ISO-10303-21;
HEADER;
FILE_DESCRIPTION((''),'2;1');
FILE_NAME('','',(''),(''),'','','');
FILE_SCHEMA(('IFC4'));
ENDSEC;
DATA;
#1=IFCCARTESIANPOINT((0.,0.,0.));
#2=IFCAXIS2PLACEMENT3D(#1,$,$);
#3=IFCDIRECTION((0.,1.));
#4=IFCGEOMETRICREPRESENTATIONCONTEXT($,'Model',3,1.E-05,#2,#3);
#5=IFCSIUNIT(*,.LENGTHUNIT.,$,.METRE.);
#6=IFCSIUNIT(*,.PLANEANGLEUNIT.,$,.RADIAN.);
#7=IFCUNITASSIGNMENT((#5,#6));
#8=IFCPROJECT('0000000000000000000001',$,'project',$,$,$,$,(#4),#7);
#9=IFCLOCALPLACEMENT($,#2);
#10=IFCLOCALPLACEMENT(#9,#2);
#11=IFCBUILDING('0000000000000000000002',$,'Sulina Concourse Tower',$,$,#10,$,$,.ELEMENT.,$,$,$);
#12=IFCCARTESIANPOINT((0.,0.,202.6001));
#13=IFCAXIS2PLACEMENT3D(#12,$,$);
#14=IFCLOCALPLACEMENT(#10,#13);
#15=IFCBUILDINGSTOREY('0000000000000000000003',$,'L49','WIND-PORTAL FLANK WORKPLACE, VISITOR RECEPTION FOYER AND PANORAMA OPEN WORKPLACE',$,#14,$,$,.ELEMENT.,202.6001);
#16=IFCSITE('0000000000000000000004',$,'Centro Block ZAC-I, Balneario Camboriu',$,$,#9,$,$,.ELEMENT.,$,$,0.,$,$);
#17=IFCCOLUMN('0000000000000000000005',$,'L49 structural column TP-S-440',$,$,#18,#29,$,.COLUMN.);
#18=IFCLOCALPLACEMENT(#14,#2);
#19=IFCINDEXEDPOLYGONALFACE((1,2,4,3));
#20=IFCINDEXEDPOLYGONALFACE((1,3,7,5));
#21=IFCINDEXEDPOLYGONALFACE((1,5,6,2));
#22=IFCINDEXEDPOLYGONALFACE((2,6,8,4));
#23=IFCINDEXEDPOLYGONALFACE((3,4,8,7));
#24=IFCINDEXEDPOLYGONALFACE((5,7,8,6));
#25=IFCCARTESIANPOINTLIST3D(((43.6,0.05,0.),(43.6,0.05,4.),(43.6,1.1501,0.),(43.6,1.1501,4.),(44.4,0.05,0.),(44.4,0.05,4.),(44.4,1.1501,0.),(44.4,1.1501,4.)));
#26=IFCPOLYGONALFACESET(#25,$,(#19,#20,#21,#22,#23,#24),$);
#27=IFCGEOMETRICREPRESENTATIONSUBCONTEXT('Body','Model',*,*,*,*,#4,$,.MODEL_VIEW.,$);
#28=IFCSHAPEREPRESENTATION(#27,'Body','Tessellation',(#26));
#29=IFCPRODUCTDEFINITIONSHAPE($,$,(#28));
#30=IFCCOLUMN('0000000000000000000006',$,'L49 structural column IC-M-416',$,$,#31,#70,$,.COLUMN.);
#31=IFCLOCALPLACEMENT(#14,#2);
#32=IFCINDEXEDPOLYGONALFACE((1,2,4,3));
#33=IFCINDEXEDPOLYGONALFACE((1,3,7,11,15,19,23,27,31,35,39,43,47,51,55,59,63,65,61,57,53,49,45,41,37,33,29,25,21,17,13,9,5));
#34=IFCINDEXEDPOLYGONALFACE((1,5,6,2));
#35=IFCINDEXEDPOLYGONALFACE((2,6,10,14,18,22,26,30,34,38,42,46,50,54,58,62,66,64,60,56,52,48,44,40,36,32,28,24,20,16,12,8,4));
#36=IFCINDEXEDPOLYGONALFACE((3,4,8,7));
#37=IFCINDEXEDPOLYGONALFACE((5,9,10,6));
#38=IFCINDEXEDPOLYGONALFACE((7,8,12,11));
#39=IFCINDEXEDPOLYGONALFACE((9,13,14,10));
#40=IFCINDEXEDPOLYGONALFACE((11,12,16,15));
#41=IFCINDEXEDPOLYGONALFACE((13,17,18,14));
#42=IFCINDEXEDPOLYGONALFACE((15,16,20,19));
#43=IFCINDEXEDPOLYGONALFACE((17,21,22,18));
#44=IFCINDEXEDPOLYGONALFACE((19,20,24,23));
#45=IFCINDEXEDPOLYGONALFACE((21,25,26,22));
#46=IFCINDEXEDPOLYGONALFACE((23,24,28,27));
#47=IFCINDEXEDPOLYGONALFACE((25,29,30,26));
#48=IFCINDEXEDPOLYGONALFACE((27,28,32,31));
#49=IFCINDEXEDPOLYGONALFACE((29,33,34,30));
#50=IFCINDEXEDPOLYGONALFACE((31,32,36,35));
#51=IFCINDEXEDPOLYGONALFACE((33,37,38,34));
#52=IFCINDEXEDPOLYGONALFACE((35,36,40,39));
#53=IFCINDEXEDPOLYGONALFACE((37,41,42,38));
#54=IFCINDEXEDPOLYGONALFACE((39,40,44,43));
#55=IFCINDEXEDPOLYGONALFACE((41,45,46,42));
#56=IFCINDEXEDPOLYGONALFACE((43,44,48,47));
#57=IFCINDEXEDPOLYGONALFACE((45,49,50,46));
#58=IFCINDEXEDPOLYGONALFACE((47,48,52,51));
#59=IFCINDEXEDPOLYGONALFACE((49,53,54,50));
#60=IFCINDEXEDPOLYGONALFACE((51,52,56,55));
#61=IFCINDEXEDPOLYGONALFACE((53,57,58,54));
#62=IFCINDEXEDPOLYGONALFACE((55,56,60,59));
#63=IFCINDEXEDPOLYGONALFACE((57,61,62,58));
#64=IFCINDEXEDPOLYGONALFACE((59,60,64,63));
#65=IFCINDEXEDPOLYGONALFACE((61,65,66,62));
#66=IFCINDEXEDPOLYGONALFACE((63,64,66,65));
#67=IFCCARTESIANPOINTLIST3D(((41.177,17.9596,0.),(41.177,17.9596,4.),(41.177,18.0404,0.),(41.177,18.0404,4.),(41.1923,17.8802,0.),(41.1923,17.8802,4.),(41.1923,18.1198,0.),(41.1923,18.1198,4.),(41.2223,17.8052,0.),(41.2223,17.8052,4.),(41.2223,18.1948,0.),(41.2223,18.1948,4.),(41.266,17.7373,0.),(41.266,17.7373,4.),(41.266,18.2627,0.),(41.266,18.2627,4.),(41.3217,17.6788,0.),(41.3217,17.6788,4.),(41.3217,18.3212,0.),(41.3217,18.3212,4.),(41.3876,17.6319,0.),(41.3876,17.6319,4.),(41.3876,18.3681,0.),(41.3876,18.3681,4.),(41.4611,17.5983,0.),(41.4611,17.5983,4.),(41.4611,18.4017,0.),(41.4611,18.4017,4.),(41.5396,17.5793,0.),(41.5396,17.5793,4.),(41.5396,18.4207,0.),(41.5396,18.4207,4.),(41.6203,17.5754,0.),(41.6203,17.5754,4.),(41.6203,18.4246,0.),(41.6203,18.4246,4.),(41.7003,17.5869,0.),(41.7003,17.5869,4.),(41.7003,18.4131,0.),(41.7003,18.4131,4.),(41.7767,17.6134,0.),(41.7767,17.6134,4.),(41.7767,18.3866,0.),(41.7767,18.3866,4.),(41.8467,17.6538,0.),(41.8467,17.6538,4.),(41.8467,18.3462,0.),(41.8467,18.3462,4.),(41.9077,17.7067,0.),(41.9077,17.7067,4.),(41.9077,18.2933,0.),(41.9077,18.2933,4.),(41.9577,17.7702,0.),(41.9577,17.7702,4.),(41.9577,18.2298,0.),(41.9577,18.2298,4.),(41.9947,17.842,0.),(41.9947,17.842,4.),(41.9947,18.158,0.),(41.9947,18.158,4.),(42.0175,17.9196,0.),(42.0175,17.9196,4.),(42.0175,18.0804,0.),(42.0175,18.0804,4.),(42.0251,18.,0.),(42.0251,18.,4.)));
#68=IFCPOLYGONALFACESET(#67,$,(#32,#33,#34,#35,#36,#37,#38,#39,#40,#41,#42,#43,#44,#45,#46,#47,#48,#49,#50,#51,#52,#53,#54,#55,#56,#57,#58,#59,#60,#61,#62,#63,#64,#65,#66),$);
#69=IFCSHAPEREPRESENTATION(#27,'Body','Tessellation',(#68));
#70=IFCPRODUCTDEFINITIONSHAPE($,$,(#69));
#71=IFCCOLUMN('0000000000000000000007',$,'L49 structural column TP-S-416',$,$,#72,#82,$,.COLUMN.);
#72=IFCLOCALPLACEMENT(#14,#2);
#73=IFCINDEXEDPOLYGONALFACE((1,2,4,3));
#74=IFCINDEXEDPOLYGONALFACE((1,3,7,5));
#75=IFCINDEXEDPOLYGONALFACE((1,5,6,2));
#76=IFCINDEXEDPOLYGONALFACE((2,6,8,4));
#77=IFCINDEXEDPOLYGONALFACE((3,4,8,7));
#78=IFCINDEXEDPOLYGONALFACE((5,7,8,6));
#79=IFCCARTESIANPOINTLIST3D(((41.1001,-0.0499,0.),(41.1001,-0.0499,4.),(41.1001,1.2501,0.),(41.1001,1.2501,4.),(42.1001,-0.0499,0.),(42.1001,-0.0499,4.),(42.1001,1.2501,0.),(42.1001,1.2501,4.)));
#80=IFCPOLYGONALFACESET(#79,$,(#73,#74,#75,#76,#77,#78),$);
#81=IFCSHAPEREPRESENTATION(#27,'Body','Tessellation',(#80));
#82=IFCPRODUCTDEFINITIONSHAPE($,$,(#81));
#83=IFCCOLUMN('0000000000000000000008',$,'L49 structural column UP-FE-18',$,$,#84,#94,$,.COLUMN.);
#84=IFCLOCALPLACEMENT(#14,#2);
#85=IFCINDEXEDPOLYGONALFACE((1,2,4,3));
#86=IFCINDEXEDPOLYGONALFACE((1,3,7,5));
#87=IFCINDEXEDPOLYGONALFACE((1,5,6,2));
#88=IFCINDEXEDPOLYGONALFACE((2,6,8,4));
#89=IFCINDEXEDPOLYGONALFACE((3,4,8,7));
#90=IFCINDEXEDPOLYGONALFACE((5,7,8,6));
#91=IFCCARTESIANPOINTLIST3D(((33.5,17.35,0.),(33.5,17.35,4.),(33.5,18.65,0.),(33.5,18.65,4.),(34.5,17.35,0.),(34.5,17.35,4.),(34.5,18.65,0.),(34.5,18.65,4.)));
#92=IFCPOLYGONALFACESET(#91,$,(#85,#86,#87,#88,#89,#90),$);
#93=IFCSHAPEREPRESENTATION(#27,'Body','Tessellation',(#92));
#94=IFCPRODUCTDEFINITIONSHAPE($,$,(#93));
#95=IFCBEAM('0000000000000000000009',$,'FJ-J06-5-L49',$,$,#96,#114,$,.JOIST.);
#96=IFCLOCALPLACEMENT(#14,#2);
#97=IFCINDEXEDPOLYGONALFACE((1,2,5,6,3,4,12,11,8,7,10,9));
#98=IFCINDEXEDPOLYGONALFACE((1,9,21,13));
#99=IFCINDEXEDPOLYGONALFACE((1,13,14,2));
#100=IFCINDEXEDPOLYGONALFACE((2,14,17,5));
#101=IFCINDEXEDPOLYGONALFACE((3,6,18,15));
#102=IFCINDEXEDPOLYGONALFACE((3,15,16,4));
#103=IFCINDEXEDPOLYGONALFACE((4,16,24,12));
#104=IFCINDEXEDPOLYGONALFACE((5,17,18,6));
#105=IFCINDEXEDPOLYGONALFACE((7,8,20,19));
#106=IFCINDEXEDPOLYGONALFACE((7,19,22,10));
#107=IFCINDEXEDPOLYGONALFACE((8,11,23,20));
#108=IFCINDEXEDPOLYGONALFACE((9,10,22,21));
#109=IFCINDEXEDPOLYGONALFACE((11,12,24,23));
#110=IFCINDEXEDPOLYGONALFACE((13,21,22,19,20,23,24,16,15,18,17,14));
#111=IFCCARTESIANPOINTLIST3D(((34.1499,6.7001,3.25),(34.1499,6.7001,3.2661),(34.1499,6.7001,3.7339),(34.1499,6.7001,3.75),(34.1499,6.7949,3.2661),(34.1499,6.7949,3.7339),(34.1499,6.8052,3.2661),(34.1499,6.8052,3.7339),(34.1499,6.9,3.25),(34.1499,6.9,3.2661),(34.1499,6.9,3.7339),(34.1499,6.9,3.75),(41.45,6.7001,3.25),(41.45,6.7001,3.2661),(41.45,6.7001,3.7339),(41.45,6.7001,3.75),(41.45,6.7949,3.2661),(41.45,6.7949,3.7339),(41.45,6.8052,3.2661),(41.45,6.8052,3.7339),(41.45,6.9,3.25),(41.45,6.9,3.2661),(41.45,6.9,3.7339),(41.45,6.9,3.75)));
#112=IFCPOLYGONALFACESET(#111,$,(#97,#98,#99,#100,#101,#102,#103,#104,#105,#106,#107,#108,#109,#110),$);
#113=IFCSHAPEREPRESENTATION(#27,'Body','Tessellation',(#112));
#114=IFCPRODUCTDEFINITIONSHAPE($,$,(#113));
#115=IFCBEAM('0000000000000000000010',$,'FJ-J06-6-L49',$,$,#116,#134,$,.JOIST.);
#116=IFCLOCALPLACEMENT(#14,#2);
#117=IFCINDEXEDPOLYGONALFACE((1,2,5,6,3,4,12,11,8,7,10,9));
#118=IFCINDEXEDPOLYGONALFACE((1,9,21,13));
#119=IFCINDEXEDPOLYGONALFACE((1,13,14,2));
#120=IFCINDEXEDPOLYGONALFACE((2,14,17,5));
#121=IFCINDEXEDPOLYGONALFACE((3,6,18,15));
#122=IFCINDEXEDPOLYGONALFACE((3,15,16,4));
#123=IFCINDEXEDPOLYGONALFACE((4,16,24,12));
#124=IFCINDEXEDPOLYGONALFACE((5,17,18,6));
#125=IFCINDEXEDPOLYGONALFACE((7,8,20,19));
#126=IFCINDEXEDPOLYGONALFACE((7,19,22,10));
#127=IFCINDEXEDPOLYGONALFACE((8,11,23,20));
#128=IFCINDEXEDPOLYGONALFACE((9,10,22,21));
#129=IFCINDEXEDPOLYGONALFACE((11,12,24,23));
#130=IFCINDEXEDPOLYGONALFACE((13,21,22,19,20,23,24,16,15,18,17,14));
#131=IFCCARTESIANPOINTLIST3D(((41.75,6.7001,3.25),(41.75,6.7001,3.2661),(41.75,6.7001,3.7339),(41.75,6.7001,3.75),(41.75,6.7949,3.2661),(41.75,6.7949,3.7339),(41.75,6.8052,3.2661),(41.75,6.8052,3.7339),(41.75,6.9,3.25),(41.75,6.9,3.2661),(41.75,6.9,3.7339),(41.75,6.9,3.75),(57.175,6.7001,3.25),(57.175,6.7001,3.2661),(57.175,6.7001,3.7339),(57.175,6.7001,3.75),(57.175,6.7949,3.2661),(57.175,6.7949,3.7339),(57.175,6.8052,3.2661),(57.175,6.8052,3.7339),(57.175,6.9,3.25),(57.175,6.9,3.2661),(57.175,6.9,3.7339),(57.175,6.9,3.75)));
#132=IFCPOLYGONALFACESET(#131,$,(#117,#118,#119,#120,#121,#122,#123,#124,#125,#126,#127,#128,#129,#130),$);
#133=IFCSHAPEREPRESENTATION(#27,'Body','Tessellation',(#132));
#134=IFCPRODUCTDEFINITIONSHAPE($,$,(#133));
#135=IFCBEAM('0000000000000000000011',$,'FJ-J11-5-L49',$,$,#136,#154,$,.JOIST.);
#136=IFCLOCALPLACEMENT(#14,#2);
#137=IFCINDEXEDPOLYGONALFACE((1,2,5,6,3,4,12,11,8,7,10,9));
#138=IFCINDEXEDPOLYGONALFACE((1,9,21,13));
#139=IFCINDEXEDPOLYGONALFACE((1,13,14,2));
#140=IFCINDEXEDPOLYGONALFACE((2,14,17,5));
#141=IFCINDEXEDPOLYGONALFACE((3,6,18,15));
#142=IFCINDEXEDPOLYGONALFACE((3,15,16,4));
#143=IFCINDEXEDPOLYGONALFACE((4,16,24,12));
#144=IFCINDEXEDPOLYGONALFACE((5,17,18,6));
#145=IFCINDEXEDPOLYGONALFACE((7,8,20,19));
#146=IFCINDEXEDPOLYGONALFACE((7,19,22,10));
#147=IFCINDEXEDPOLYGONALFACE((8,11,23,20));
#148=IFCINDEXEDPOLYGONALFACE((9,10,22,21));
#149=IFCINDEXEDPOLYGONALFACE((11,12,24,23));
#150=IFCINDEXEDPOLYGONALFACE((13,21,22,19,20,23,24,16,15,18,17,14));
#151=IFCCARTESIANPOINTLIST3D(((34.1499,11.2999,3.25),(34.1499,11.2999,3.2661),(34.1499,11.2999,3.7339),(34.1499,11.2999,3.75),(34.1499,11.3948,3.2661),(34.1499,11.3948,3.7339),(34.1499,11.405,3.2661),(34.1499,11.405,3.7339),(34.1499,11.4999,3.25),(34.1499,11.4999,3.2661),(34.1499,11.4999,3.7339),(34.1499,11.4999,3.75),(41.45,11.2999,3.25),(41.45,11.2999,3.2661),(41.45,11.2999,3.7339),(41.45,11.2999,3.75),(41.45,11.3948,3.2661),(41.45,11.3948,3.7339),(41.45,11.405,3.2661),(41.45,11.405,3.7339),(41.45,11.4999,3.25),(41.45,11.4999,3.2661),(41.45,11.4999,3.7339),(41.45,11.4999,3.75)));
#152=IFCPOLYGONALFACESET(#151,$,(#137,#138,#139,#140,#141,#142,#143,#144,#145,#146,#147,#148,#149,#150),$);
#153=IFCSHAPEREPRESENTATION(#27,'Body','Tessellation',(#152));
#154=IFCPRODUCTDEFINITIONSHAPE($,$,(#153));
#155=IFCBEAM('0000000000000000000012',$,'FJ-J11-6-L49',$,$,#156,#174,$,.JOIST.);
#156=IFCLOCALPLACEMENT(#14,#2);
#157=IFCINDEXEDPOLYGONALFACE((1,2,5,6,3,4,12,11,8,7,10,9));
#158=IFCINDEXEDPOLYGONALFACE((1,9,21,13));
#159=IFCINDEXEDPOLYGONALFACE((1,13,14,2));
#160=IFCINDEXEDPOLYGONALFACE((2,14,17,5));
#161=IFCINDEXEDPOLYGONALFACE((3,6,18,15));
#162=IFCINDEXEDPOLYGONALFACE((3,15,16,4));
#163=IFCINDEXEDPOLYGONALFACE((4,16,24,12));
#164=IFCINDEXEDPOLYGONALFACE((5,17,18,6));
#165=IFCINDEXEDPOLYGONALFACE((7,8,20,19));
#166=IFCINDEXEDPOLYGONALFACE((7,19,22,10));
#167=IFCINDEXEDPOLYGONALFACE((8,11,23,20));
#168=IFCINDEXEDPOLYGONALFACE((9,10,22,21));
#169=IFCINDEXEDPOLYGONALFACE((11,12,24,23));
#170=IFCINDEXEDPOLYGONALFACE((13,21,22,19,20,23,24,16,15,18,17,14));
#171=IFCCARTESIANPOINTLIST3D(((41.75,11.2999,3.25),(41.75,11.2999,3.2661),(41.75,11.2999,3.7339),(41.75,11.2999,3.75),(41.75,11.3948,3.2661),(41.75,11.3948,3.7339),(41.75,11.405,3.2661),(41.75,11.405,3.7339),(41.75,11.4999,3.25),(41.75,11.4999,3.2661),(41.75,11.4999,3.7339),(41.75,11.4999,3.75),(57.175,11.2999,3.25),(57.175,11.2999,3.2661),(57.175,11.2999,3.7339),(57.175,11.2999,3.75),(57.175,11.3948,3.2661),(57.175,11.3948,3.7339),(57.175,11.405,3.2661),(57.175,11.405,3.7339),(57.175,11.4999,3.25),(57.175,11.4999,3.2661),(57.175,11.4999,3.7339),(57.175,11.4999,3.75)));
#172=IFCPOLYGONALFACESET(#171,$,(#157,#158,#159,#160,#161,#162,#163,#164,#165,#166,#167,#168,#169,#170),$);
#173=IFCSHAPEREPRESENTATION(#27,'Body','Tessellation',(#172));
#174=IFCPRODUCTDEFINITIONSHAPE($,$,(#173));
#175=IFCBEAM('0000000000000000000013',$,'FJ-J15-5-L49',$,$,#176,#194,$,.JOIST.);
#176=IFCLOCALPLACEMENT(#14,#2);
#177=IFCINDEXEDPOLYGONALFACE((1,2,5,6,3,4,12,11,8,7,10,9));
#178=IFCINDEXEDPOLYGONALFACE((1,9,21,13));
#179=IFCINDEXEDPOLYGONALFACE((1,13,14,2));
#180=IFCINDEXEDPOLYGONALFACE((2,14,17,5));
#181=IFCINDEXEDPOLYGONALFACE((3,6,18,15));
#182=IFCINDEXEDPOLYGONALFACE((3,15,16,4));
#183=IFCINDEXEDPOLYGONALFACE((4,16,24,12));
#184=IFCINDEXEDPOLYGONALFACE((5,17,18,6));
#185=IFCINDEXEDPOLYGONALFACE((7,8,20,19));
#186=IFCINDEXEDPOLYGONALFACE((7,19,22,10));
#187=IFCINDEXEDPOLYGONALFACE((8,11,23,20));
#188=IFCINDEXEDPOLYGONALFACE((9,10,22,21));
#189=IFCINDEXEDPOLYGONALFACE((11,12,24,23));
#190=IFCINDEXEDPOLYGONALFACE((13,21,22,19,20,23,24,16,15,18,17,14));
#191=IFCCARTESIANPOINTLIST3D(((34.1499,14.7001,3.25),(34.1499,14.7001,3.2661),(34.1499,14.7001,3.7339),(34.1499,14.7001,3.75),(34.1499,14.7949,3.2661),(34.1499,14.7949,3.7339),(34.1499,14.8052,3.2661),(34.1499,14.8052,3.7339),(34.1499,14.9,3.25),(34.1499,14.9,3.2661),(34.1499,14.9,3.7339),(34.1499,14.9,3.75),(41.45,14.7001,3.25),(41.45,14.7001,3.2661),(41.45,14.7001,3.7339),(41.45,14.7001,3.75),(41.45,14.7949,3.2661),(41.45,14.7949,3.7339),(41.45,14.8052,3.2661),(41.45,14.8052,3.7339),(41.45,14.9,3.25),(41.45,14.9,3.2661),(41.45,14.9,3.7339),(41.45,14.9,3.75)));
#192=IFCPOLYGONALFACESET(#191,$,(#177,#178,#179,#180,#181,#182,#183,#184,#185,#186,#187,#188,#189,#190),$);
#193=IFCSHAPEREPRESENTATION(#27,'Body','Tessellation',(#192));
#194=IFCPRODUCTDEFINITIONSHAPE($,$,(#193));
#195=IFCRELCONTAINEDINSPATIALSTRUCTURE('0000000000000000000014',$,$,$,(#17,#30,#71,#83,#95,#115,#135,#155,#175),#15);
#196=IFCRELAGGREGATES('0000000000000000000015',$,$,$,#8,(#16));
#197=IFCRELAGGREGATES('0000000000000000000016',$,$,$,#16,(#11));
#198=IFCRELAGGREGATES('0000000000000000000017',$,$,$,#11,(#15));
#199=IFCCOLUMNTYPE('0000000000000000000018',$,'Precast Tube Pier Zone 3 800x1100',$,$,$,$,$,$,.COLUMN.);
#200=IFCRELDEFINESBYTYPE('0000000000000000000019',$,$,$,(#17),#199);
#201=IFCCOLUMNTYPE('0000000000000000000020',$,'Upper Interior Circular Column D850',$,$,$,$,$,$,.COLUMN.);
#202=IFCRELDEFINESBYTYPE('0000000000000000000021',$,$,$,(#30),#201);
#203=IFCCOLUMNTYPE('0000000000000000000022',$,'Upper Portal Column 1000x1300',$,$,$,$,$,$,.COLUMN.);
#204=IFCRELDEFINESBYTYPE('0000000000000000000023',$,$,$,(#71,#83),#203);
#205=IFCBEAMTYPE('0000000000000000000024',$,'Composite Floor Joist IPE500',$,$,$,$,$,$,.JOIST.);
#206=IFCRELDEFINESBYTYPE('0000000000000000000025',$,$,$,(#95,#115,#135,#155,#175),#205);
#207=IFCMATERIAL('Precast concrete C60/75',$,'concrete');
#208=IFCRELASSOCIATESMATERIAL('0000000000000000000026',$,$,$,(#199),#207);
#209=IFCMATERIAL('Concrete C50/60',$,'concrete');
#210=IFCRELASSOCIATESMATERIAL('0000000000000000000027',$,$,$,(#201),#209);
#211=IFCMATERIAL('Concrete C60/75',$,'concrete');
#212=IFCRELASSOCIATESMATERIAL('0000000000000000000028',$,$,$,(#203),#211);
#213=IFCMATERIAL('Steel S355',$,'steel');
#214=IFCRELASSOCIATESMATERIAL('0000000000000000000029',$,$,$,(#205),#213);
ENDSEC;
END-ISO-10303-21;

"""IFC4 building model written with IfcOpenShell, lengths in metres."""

from ifc_helpers import new_model, si_unit, direction, frame, origin, origin_2d, place, context, subcontext, project, spatial, rectangle, circle, i_section, extrude, material, material_profile, profile_set, type_object, element, save


model = new_model("IFC4")

# Units and contexts
model_context = context("Model", 3, precision=1e-05, world=origin(), true_north=direction((0.0, 1.0)))
body_context = subcontext(model_context, "Body", "Model", "MODEL_VIEW")
ifc_project = project(units=[si_unit("LENGTHUNIT", "METRE"), si_unit("PLANEANGLEUNIT", "RADIAN")], contexts=[model_context])

# Site, building, storey
site_placement = place(None, origin())
site = spatial("IfcSite", under=ifc_project, at=site_placement, Name="Centro Block ZAC-I, Balneario Camboriu", CompositionType="ELEMENT", RefElevation=0.0)
building_placement = place(site_placement, origin())
building = spatial("IfcBuilding", under=site, at=building_placement, Name="Sulina Concourse Tower", CompositionType="ELEMENT")
storey_placement = place(building_placement, frame((0.0, 0.0, 202.6001)))
storey = spatial("IfcBuildingStorey", under=building, at=storey_placement, Name="L49", Description="WIND-PORTAL FLANK WORKPLACE, VISITOR RECEPTION FOYER AND PANORAMA OPEN WORKPLACE", CompositionType="ELEMENT", Elevation=202.6001)

# Columns
ifc_material_1 = material(Name="Precast concrete C60/75", Category="concrete")
ifc_material_profile_1 = material_profile(ifc_material_1, rectangle(XDim=0.8, YDim=1.1001, at=origin_2d()), Name="PC 800x1100")
ifc_profile_set_1 = profile_set([ifc_material_profile_1], Name="Precast concrete C60/75")
column_type_1 = type_object("IfcColumnType", Name="Precast Tube Pier Zone 3 800x1100", PredefinedType="COLUMN", material=ifc_profile_set_1)
column_1_placement = place(storey_placement, frame((44.0, 0.6001, 0.0), z_axis=(0.0, 0.0, 1.0), x_axis=(1.0, 0.0, 0.0)))
element("IfcColumn", 1, at=column_1_placement, inside=storey, type_object=column_type_1, Name="L49 structural column TP-S-440", PredefinedType="COLUMN", context=body_context, shape_type="SweptSolid", body=[
    extrude(rectangle(XDim=0.8, YDim=1.1001, at=origin_2d()), origin(), (0.0, 0.0, 1.0), 4.0),
])
ifc_material_2 = material(Name="Concrete C50/60", Category="concrete")
ifc_material_profile_2 = material_profile(ifc_material_2, circle(Radius=0.425, at=origin_2d()), Name="RC D850")
ifc_profile_set_2 = profile_set([ifc_material_profile_2], Name="Concrete C50/60")
column_type_2 = type_object("IfcColumnType", Name="Upper Interior Circular Column D850", PredefinedType="COLUMN", material=ifc_profile_set_2)
column_2_placement = place(storey_placement, frame((41.6001, 18.0, 0.0), z_axis=(0.0, 0.0, 1.0), x_axis=(1.0, 0.0, 0.0)))
element("IfcColumn", 2, at=column_2_placement, inside=storey, type_object=column_type_2, Name="L49 structural column IC-M-416", PredefinedType="COLUMN", context=body_context, shape_type="SweptSolid", body=[
    extrude(circle(Radius=0.425, at=origin_2d()), origin(), (0.0, 0.0, 1.0), 4.0),
])
ifc_material_3 = material(Name="Concrete C60/75", Category="concrete")
ifc_material_profile_3 = material_profile(ifc_material_3, rectangle(XDim=1.0, YDim=1.3, at=origin_2d()), Name="RC 1000x1300")
ifc_profile_set_3 = profile_set([ifc_material_profile_3], Name="Concrete C60/75")
column_type_3 = type_object("IfcColumnType", Name="Upper Portal Column 1000x1300", PredefinedType="COLUMN", material=ifc_profile_set_3)
for number, where, z_axis, x_axis, name in (
    (3, (41.6001, 0.6001, 0.0), (0.0, 0.0, 1.0), (1.0, 0.0, 0.0), "L49 structural column TP-S-416"),
    (4, (34.0, 18.0, 0.0), (0.0, 0.0, 1.0), (1.0, 0.0, 0.0), "L49 structural column UP-FE-18"),
):
    element("IfcColumn", number, at=place(storey_placement, frame(where, z_axis=z_axis, x_axis=x_axis)), inside=storey, type_object=column_type_3, Name=name, PredefinedType="COLUMN", context=body_context, shape_type="SweptSolid", body=[
        extrude(rectangle(XDim=1.0, YDim=1.3, at=origin_2d()), origin(), (0.0, 0.0, 1.0), 4.0),
    ])

# Beams
ifc_material_4 = material(Name="Steel S355", Category="steel")
ifc_material_profile_4 = material_profile(ifc_material_4, i_section(OverallWidth=0.2, OverallDepth=0.5, WebThickness=0.0103, FlangeThickness=0.0161, at=origin_2d()), Name="IPE 500")
ifc_profile_set_4 = profile_set([ifc_material_profile_4], Name="Steel S355")
beam_type_1 = type_object("IfcBeamType", Name="Composite Floor Joist IPE500", PredefinedType="JOIST", material=ifc_profile_set_4)
beam_1_placement = place(storey_placement, frame((34.1499, 6.8, 3.5), z_axis=(1.0, 0.0, 0.0), x_axis=(0.0, 1.0, 0.0)))
element("IfcBeam", 5, at=beam_1_placement, inside=storey, type_object=beam_type_1, Name="FJ-J06-5-L49", PredefinedType="JOIST", context=body_context, shape_type="SweptSolid", body=[
    extrude(i_section(OverallWidth=0.2, OverallDepth=0.5, WebThickness=0.0103, FlangeThickness=0.0161, at=origin_2d()), origin(), (0.0, 0.0, 1.0), 7.3),
])
beam_2_placement = place(storey_placement, frame((41.75, 6.8, 3.5), z_axis=(1.0, 0.0, 0.0), x_axis=(0.0, 1.0, 0.0)))
element("IfcBeam", 6, at=beam_2_placement, inside=storey, type_object=beam_type_1, Name="FJ-J06-6-L49", PredefinedType="JOIST", context=body_context, shape_type="SweptSolid", body=[
    extrude(i_section(OverallWidth=0.2, OverallDepth=0.5, WebThickness=0.0103, FlangeThickness=0.0161, at=origin_2d()), origin(), (0.0, 0.0, 1.0), 15.425),
])
beam_3_placement = place(storey_placement, frame((34.1499, 11.3999, 3.5), z_axis=(1.0, 0.0, 0.0), x_axis=(0.0, 1.0, 0.0)))
element("IfcBeam", 7, at=beam_3_placement, inside=storey, type_object=beam_type_1, Name="FJ-J11-5-L49", PredefinedType="JOIST", context=body_context, shape_type="SweptSolid", body=[
    extrude(i_section(OverallWidth=0.2, OverallDepth=0.5, WebThickness=0.0103, FlangeThickness=0.0161, at=origin_2d()), origin(), (0.0, 0.0, 1.0), 7.3),
])
beam_4_placement = place(storey_placement, frame((41.75, 11.3999, 3.5), z_axis=(1.0, 0.0, 0.0), x_axis=(0.0, 1.0, 0.0)))
element("IfcBeam", 8, at=beam_4_placement, inside=storey, type_object=beam_type_1, Name="FJ-J11-6-L49", PredefinedType="JOIST", context=body_context, shape_type="SweptSolid", body=[
    extrude(i_section(OverallWidth=0.2, OverallDepth=0.5, WebThickness=0.0103, FlangeThickness=0.0161, at=origin_2d()), origin(), (0.0, 0.0, 1.0), 15.425),
])
beam_5_placement = place(storey_placement, frame((34.1499, 14.8, 3.5), z_axis=(1.0, 0.0, 0.0), x_axis=(0.0, 1.0, 0.0)))
element("IfcBeam", 9, at=beam_5_placement, inside=storey, type_object=beam_type_1, Name="FJ-J15-5-L49", PredefinedType="JOIST", context=body_context, shape_type="SweptSolid", body=[
    extrude(i_section(OverallWidth=0.2, OverallDepth=0.5, WebThickness=0.0103, FlangeThickness=0.0161, at=origin_2d()), origin(), (0.0, 0.0, 1.0), 7.3),
])

save(model, "model.ifc")
